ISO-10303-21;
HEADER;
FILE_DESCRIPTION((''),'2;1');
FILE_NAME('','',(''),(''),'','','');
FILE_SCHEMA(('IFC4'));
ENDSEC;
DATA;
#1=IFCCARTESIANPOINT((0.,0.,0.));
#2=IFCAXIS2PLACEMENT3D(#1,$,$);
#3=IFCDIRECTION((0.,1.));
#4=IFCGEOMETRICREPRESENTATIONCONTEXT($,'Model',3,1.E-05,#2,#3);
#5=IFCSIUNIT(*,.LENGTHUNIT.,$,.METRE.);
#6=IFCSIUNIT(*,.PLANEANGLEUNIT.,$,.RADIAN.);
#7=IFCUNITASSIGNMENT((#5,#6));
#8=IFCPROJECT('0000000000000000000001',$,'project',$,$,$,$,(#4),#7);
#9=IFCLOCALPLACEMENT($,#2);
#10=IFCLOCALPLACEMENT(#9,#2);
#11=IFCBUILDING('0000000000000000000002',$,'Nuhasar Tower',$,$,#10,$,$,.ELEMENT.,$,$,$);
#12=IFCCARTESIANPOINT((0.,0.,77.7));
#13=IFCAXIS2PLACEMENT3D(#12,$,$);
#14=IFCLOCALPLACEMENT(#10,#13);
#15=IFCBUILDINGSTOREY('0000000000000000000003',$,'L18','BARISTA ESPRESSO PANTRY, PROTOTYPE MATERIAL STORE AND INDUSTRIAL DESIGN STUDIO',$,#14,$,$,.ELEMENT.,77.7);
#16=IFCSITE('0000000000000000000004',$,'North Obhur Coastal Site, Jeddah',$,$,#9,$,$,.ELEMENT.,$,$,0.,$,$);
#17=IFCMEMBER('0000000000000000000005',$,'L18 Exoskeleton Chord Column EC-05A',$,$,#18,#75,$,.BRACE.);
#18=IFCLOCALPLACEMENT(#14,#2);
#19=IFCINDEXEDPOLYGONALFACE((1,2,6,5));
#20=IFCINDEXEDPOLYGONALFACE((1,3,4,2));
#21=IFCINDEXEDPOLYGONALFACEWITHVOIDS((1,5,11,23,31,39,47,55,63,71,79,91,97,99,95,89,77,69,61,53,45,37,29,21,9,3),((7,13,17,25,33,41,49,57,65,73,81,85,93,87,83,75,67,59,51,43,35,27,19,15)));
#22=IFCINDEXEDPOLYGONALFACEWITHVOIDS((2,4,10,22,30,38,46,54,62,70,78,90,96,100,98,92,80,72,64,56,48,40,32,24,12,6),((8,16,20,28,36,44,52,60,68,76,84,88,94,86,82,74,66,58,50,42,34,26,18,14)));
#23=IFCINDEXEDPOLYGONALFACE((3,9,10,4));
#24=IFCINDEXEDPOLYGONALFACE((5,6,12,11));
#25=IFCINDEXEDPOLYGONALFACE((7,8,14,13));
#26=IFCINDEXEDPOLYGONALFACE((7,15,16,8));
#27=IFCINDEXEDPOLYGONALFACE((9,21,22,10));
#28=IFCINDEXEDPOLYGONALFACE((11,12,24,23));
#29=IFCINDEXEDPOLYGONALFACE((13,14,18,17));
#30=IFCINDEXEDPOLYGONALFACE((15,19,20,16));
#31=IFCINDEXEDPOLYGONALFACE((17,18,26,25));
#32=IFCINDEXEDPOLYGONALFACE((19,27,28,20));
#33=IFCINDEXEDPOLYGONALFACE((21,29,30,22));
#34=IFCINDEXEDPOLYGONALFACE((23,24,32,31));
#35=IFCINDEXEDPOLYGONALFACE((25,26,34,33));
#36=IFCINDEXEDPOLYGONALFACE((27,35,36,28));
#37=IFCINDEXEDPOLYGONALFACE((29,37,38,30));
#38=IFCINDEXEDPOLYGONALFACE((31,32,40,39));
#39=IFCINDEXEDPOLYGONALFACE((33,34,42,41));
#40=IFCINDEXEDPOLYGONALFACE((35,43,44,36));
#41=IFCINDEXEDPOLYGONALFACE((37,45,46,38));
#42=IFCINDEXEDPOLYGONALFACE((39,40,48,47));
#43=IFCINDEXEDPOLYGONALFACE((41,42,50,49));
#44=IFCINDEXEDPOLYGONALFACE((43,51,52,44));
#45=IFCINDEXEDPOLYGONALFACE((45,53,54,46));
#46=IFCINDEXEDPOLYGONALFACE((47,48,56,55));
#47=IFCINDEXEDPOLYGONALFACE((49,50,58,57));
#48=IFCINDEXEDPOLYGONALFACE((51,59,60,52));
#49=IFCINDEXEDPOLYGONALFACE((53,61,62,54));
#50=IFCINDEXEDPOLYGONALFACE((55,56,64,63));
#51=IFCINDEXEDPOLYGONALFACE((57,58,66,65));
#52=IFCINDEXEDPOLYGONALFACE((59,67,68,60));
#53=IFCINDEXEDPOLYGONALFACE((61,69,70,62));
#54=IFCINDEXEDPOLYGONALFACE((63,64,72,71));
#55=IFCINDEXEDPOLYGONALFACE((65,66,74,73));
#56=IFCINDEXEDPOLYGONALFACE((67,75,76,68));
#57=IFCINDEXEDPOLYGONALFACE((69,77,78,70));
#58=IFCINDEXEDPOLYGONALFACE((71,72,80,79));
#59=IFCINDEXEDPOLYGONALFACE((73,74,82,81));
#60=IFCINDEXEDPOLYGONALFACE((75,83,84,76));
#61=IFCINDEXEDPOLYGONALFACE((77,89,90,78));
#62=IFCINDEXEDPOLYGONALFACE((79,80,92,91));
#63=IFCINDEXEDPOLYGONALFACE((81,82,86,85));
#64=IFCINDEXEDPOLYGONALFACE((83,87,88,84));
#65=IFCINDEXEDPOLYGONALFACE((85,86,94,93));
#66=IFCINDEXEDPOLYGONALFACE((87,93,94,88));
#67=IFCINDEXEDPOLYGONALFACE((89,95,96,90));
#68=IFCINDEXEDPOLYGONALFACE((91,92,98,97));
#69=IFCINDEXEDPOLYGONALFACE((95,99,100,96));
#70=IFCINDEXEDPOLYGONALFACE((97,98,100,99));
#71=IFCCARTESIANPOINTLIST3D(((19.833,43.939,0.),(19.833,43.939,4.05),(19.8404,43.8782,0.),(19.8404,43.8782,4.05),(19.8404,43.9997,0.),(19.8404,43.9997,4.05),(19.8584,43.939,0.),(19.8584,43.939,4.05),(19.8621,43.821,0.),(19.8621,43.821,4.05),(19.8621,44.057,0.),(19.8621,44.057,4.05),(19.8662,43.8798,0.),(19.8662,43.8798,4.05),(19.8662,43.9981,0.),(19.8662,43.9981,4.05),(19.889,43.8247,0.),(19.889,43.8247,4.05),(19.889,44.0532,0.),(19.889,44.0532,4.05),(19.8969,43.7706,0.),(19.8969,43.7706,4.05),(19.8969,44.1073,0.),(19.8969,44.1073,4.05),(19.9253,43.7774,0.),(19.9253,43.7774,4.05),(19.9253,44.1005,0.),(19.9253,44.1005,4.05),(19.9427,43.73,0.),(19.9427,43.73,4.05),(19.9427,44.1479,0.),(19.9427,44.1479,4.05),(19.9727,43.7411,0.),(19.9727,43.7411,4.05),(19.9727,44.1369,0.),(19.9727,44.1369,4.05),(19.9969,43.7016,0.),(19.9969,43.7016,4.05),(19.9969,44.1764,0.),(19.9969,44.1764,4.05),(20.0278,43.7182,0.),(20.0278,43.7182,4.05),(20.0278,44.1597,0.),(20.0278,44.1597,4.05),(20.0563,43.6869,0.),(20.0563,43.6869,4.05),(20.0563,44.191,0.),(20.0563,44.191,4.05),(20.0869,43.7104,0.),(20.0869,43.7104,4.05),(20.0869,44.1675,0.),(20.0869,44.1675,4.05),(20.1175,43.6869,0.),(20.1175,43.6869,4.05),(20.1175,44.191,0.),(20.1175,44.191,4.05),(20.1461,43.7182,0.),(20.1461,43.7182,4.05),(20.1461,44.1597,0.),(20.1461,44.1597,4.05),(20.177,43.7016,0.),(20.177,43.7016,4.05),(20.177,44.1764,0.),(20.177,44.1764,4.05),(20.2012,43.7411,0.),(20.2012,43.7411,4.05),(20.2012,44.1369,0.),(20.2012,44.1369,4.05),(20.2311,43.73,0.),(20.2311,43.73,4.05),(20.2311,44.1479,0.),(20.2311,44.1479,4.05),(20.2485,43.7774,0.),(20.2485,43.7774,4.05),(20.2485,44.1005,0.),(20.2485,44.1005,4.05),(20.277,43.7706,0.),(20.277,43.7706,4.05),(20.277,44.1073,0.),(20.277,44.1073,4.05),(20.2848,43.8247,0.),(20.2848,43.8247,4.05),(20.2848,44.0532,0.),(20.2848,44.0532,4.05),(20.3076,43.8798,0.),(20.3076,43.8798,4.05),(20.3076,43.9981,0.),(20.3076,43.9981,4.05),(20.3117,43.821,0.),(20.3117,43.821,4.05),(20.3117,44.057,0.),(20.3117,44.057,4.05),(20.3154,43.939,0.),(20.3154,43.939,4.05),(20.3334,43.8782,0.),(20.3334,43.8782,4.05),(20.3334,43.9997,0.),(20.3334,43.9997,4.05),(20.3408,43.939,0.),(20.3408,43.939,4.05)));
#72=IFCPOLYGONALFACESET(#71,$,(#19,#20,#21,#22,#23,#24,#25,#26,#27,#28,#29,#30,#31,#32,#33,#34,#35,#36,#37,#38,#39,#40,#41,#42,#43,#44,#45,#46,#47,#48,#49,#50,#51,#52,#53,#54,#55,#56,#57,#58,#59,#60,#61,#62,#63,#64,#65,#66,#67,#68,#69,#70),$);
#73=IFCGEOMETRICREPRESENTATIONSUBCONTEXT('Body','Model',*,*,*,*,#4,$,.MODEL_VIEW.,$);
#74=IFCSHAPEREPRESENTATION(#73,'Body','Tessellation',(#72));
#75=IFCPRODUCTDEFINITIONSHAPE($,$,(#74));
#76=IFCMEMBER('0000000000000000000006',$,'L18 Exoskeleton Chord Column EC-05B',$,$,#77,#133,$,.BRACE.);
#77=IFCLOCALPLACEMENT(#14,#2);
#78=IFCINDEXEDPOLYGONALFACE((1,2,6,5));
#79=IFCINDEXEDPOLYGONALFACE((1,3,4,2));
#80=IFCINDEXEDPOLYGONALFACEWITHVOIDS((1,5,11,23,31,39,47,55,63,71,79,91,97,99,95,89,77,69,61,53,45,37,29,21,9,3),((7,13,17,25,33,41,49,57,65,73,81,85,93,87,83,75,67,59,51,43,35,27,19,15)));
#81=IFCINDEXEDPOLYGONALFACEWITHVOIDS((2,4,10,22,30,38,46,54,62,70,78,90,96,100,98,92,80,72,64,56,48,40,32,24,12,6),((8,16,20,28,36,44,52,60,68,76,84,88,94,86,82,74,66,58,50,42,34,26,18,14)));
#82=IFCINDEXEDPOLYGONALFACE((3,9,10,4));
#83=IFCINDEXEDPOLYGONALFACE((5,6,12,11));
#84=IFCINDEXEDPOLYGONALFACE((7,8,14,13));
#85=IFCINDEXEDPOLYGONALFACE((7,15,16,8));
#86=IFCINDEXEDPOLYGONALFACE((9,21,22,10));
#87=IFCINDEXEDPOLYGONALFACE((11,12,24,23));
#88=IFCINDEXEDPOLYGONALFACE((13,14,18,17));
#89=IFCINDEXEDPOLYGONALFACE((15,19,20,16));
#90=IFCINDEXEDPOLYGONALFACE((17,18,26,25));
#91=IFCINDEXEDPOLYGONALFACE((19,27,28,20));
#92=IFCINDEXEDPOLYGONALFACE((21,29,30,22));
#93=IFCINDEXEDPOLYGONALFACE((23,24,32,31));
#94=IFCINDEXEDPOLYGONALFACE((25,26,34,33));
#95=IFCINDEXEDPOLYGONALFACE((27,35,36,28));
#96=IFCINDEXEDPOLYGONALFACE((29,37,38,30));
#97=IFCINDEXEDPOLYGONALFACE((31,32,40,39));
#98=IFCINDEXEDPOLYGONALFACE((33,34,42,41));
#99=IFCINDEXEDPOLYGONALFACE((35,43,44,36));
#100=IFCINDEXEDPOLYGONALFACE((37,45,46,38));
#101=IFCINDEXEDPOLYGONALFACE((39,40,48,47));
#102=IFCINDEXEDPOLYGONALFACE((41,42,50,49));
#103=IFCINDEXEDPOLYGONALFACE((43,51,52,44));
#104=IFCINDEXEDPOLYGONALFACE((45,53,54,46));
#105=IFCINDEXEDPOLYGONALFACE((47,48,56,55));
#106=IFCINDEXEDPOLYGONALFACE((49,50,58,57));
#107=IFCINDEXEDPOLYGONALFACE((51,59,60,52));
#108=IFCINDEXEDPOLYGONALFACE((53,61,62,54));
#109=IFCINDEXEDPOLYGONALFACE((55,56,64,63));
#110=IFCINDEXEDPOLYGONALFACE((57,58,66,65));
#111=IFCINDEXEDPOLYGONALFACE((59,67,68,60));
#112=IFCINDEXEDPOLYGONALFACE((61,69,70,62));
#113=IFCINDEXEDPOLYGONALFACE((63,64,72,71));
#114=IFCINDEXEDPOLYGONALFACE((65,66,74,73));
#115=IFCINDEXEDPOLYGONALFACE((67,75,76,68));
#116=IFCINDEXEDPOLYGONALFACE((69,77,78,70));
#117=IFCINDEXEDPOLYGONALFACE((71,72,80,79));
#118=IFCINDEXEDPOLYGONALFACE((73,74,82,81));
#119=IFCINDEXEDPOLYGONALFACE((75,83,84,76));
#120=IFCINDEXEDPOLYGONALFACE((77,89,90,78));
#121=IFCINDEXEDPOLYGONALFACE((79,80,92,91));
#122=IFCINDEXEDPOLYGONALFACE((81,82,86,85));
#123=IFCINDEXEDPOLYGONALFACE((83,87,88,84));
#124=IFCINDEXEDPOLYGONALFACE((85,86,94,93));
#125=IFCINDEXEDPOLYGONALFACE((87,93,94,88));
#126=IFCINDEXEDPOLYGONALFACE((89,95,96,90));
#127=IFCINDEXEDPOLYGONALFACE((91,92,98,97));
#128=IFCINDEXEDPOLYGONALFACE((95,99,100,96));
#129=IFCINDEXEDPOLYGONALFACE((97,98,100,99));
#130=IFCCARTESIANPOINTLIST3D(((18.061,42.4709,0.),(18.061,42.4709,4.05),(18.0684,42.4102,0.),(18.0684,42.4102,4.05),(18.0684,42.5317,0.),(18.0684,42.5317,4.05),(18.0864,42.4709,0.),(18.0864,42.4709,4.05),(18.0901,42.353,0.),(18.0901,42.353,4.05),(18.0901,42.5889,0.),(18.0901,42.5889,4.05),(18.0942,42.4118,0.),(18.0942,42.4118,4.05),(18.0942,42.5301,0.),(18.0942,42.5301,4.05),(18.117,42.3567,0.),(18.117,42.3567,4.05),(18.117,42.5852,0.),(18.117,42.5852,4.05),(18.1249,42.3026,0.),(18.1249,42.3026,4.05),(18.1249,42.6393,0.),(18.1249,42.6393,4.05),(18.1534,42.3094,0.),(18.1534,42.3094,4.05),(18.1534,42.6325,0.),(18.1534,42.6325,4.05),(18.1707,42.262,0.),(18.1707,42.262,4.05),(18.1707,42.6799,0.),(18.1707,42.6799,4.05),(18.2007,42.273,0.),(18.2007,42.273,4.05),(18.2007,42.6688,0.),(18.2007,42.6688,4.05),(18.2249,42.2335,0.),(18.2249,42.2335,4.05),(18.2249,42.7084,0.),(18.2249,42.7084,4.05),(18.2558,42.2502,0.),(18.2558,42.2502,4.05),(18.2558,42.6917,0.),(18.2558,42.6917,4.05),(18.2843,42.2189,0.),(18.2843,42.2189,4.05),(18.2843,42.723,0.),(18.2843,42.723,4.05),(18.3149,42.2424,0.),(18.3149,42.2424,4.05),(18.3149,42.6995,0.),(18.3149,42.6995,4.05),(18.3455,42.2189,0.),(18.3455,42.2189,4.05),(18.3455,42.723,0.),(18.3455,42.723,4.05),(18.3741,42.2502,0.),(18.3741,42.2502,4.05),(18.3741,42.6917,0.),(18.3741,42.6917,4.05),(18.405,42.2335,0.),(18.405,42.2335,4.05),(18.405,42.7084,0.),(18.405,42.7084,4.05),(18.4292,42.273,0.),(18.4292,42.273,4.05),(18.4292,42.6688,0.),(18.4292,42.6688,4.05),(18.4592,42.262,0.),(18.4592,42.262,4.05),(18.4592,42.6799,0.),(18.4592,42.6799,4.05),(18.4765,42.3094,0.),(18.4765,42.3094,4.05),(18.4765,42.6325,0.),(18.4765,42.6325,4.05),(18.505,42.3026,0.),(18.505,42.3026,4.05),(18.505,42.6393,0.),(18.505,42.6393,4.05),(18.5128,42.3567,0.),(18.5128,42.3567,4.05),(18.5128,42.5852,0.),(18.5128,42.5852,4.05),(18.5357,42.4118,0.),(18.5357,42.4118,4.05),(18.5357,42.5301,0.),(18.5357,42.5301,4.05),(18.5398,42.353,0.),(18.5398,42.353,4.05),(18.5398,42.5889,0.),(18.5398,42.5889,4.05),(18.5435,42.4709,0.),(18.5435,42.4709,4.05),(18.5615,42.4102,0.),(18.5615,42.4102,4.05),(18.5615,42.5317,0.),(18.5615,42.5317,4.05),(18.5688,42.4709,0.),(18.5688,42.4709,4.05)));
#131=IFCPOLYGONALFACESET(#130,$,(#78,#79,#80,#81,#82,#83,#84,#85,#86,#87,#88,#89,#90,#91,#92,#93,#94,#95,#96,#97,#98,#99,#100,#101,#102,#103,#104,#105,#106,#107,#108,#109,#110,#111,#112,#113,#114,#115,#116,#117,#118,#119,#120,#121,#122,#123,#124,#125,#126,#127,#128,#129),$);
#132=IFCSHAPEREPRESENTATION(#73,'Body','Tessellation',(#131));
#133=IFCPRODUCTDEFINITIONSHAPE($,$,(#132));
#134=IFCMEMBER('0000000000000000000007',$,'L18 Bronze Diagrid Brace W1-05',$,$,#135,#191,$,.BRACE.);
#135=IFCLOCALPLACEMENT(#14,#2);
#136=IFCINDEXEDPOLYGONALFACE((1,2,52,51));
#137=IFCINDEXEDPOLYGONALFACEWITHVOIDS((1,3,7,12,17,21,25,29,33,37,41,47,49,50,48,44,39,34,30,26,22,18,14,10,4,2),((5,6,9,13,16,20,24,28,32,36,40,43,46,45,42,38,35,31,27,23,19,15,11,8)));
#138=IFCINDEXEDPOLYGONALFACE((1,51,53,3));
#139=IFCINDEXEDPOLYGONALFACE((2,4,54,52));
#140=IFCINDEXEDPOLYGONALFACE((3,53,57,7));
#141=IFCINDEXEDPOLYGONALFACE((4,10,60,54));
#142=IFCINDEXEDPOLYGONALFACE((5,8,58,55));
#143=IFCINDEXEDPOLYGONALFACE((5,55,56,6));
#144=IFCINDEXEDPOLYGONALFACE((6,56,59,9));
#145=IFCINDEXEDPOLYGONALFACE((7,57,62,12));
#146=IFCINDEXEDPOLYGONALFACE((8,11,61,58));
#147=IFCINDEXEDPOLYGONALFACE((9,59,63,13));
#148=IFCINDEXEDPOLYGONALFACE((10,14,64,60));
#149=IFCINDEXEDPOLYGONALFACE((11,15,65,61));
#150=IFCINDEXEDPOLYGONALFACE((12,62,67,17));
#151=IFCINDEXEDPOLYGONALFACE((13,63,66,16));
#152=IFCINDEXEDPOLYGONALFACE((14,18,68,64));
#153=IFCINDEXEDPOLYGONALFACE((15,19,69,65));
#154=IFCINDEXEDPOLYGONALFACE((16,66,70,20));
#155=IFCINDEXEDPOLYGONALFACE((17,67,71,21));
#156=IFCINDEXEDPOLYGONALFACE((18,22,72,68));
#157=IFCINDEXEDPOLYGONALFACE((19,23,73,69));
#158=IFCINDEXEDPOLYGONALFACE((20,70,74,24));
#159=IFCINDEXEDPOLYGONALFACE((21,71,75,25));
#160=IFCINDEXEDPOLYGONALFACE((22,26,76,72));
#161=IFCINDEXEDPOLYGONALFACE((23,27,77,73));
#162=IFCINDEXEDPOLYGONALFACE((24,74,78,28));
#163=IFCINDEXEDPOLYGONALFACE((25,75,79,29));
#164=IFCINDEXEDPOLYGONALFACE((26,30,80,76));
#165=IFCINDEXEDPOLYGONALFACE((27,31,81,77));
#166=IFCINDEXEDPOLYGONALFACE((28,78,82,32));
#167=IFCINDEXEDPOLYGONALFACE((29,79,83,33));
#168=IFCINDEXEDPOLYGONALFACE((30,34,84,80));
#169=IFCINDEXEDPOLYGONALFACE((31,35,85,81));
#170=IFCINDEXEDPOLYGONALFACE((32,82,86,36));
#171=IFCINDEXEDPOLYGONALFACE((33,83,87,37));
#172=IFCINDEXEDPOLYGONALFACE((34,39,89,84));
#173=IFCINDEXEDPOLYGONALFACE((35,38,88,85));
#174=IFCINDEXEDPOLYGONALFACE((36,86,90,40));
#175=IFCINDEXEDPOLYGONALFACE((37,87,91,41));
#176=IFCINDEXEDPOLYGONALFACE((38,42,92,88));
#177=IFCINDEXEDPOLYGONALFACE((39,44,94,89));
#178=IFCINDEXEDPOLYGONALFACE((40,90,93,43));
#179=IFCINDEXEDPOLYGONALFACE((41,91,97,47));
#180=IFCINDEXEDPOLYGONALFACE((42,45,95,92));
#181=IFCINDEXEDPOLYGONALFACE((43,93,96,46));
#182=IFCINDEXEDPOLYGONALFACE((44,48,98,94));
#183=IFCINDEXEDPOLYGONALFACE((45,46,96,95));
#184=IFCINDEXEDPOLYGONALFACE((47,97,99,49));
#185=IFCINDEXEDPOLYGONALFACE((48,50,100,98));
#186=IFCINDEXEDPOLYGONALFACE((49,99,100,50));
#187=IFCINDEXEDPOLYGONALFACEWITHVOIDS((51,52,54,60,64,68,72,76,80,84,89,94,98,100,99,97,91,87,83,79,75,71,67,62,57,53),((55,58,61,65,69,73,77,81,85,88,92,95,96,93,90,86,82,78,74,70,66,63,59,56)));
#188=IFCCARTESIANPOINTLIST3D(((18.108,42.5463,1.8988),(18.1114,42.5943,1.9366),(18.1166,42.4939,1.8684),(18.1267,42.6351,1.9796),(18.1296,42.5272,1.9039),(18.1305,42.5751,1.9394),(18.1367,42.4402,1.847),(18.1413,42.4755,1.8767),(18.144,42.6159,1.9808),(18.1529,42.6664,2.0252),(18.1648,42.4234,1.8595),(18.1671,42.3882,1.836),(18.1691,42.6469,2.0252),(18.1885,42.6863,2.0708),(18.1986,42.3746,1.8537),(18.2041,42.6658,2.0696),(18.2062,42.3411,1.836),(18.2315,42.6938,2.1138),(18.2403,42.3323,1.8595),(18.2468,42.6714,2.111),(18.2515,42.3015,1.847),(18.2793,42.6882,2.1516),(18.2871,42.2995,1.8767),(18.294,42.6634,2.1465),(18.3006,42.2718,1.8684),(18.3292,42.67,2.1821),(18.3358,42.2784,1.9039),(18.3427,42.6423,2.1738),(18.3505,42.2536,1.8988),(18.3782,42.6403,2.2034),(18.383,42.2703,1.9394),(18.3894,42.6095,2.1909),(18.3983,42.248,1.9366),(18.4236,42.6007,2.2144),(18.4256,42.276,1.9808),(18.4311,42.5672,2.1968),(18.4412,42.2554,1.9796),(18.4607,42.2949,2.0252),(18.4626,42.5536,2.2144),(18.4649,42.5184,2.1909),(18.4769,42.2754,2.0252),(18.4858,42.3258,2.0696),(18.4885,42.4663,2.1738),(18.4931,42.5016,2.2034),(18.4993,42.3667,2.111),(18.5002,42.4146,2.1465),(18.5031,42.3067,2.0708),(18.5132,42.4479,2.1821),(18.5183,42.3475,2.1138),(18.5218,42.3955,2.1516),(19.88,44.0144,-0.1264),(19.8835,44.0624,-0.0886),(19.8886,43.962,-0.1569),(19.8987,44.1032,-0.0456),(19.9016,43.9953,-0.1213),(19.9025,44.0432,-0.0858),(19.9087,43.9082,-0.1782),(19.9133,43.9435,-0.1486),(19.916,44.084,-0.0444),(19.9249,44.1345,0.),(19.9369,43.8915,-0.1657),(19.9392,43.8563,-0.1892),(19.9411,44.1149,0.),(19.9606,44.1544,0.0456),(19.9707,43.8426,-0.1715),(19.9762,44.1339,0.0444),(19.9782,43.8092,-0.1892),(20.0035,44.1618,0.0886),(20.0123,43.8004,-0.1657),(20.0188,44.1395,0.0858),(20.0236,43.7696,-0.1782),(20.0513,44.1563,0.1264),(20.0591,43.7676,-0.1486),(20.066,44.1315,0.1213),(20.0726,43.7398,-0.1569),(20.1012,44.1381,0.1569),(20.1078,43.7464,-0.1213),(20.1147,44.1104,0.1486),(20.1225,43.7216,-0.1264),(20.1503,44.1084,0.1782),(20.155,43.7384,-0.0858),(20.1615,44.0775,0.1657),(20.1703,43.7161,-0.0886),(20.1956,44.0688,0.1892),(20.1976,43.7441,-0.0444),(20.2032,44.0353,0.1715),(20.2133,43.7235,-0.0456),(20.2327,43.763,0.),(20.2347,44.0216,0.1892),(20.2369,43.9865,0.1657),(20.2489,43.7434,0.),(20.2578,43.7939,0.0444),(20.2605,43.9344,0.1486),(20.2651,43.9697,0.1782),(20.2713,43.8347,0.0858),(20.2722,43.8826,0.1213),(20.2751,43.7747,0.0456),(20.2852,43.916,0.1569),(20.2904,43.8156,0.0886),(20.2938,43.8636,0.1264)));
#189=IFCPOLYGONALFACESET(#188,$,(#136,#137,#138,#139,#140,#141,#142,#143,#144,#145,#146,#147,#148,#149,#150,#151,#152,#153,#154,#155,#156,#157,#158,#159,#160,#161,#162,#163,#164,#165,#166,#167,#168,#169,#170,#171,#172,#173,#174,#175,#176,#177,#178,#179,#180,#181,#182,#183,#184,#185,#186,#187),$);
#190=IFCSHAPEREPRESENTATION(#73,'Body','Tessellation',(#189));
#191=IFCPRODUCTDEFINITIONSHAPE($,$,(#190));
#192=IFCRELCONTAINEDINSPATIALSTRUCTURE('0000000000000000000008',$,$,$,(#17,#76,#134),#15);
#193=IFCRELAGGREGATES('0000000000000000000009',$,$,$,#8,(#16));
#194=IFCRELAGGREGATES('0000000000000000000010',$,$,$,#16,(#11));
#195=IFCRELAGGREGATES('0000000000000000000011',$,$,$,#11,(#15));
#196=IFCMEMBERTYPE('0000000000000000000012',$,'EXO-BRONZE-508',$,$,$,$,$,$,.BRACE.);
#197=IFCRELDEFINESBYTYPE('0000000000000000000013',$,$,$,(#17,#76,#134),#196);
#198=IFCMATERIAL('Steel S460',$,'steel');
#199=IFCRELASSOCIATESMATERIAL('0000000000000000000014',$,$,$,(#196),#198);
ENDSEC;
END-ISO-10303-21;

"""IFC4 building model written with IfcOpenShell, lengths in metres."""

from ifc_helpers import new_model, si_unit, direction, frame, origin, origin_2d, place, context, subcontext, project, spatial, hollow_circle, extrude, material, material_profile, profile_set, type_object, element, save


model = new_model("IFC4")

# Units and contexts
model_context = context("Model", 3, precision=1e-05, world=origin(), true_north=direction((0.0, 1.0)))
body_context = subcontext(model_context, "Body", "Model", "MODEL_VIEW")
ifc_project = project(units=[si_unit("LENGTHUNIT", "METRE"), si_unit("PLANEANGLEUNIT", "RADIAN")], contexts=[model_context])

# Site, building, storey
site_placement = place(None, origin())
site = spatial("IfcSite", under=ifc_project, at=site_placement, Name="North Obhur Coastal Site, Jeddah", CompositionType="ELEMENT", RefElevation=0.0)
building_placement = place(site_placement, origin())
building = spatial("IfcBuilding", under=site, at=building_placement, Name="Nuhasar Tower", CompositionType="ELEMENT")
storey_placement = place(building_placement, frame((0.0, 0.0, 77.7)))
storey = spatial("IfcBuildingStorey", under=building, at=storey_placement, Name="L18", Description="BARISTA ESPRESSO PANTRY, PROTOTYPE MATERIAL STORE AND INDUSTRIAL DESIGN STUDIO", CompositionType="ELEMENT", Elevation=77.7)

# Members
ifc_material_1 = material(Name="Steel S460", Category="steel")
ifc_material_profile_1 = material_profile(ifc_material_1, hollow_circle(Radius=0.2539, WallThickness=0.0254, at=origin_2d()), Name="HSS508X25.4")
ifc_profile_set_1 = profile_set([ifc_material_profile_1], Name="Steel S460")
member_type_1 = type_object("IfcMemberType", Name="EXO-BRONZE-508", PredefinedType="BRACE", material=ifc_profile_set_1)
for number, where, z_axis, x_axis, name in (
    (1, (20.0869, 43.939, 0.0), (0.0, 0.0, 1.0), (1.0, 0.0, 0.0), "L18 Exoskeleton Chord Column EC-05A"),
    (2, (18.3149, 42.4709, 0.0), (0.0, 0.0, 1.0), (1.0, 0.0, 0.0), "L18 Exoskeleton Chord Column EC-05B"),
):
    element("IfcMember", number, at=place(storey_placement, frame(where, z_axis=z_axis, x_axis=x_axis)), inside=storey, type_object=member_type_1, Name=name, PredefinedType="BRACE", context=body_context, shape_type="SweptSolid", body=[
        extrude(hollow_circle(Radius=0.2539, WallThickness=0.0254, at=origin_2d()), origin(), (0.0, 0.0, 1.0), 4.05),
    ])
member_1_placement = place(storey_placement, frame((20.0869, 43.939, 0.0), z_axis=(-0.578071, -0.478912, 0.660664), x_axis=(0.637969, -0.770062, 0.0)))
element("IfcMember", 3, at=member_1_placement, inside=storey, type_object=member_type_1, Name="L18 Bronze Diagrid Brace W1-05", PredefinedType="BRACE", context=body_context, shape_type="SweptSolid", body=[
    extrude(hollow_circle(Radius=0.2539, WallThickness=0.0254, at=origin_2d()), origin(), (0.0, 0.0, 1.0), 3.0654),
])

save(model, "model.ifc")
